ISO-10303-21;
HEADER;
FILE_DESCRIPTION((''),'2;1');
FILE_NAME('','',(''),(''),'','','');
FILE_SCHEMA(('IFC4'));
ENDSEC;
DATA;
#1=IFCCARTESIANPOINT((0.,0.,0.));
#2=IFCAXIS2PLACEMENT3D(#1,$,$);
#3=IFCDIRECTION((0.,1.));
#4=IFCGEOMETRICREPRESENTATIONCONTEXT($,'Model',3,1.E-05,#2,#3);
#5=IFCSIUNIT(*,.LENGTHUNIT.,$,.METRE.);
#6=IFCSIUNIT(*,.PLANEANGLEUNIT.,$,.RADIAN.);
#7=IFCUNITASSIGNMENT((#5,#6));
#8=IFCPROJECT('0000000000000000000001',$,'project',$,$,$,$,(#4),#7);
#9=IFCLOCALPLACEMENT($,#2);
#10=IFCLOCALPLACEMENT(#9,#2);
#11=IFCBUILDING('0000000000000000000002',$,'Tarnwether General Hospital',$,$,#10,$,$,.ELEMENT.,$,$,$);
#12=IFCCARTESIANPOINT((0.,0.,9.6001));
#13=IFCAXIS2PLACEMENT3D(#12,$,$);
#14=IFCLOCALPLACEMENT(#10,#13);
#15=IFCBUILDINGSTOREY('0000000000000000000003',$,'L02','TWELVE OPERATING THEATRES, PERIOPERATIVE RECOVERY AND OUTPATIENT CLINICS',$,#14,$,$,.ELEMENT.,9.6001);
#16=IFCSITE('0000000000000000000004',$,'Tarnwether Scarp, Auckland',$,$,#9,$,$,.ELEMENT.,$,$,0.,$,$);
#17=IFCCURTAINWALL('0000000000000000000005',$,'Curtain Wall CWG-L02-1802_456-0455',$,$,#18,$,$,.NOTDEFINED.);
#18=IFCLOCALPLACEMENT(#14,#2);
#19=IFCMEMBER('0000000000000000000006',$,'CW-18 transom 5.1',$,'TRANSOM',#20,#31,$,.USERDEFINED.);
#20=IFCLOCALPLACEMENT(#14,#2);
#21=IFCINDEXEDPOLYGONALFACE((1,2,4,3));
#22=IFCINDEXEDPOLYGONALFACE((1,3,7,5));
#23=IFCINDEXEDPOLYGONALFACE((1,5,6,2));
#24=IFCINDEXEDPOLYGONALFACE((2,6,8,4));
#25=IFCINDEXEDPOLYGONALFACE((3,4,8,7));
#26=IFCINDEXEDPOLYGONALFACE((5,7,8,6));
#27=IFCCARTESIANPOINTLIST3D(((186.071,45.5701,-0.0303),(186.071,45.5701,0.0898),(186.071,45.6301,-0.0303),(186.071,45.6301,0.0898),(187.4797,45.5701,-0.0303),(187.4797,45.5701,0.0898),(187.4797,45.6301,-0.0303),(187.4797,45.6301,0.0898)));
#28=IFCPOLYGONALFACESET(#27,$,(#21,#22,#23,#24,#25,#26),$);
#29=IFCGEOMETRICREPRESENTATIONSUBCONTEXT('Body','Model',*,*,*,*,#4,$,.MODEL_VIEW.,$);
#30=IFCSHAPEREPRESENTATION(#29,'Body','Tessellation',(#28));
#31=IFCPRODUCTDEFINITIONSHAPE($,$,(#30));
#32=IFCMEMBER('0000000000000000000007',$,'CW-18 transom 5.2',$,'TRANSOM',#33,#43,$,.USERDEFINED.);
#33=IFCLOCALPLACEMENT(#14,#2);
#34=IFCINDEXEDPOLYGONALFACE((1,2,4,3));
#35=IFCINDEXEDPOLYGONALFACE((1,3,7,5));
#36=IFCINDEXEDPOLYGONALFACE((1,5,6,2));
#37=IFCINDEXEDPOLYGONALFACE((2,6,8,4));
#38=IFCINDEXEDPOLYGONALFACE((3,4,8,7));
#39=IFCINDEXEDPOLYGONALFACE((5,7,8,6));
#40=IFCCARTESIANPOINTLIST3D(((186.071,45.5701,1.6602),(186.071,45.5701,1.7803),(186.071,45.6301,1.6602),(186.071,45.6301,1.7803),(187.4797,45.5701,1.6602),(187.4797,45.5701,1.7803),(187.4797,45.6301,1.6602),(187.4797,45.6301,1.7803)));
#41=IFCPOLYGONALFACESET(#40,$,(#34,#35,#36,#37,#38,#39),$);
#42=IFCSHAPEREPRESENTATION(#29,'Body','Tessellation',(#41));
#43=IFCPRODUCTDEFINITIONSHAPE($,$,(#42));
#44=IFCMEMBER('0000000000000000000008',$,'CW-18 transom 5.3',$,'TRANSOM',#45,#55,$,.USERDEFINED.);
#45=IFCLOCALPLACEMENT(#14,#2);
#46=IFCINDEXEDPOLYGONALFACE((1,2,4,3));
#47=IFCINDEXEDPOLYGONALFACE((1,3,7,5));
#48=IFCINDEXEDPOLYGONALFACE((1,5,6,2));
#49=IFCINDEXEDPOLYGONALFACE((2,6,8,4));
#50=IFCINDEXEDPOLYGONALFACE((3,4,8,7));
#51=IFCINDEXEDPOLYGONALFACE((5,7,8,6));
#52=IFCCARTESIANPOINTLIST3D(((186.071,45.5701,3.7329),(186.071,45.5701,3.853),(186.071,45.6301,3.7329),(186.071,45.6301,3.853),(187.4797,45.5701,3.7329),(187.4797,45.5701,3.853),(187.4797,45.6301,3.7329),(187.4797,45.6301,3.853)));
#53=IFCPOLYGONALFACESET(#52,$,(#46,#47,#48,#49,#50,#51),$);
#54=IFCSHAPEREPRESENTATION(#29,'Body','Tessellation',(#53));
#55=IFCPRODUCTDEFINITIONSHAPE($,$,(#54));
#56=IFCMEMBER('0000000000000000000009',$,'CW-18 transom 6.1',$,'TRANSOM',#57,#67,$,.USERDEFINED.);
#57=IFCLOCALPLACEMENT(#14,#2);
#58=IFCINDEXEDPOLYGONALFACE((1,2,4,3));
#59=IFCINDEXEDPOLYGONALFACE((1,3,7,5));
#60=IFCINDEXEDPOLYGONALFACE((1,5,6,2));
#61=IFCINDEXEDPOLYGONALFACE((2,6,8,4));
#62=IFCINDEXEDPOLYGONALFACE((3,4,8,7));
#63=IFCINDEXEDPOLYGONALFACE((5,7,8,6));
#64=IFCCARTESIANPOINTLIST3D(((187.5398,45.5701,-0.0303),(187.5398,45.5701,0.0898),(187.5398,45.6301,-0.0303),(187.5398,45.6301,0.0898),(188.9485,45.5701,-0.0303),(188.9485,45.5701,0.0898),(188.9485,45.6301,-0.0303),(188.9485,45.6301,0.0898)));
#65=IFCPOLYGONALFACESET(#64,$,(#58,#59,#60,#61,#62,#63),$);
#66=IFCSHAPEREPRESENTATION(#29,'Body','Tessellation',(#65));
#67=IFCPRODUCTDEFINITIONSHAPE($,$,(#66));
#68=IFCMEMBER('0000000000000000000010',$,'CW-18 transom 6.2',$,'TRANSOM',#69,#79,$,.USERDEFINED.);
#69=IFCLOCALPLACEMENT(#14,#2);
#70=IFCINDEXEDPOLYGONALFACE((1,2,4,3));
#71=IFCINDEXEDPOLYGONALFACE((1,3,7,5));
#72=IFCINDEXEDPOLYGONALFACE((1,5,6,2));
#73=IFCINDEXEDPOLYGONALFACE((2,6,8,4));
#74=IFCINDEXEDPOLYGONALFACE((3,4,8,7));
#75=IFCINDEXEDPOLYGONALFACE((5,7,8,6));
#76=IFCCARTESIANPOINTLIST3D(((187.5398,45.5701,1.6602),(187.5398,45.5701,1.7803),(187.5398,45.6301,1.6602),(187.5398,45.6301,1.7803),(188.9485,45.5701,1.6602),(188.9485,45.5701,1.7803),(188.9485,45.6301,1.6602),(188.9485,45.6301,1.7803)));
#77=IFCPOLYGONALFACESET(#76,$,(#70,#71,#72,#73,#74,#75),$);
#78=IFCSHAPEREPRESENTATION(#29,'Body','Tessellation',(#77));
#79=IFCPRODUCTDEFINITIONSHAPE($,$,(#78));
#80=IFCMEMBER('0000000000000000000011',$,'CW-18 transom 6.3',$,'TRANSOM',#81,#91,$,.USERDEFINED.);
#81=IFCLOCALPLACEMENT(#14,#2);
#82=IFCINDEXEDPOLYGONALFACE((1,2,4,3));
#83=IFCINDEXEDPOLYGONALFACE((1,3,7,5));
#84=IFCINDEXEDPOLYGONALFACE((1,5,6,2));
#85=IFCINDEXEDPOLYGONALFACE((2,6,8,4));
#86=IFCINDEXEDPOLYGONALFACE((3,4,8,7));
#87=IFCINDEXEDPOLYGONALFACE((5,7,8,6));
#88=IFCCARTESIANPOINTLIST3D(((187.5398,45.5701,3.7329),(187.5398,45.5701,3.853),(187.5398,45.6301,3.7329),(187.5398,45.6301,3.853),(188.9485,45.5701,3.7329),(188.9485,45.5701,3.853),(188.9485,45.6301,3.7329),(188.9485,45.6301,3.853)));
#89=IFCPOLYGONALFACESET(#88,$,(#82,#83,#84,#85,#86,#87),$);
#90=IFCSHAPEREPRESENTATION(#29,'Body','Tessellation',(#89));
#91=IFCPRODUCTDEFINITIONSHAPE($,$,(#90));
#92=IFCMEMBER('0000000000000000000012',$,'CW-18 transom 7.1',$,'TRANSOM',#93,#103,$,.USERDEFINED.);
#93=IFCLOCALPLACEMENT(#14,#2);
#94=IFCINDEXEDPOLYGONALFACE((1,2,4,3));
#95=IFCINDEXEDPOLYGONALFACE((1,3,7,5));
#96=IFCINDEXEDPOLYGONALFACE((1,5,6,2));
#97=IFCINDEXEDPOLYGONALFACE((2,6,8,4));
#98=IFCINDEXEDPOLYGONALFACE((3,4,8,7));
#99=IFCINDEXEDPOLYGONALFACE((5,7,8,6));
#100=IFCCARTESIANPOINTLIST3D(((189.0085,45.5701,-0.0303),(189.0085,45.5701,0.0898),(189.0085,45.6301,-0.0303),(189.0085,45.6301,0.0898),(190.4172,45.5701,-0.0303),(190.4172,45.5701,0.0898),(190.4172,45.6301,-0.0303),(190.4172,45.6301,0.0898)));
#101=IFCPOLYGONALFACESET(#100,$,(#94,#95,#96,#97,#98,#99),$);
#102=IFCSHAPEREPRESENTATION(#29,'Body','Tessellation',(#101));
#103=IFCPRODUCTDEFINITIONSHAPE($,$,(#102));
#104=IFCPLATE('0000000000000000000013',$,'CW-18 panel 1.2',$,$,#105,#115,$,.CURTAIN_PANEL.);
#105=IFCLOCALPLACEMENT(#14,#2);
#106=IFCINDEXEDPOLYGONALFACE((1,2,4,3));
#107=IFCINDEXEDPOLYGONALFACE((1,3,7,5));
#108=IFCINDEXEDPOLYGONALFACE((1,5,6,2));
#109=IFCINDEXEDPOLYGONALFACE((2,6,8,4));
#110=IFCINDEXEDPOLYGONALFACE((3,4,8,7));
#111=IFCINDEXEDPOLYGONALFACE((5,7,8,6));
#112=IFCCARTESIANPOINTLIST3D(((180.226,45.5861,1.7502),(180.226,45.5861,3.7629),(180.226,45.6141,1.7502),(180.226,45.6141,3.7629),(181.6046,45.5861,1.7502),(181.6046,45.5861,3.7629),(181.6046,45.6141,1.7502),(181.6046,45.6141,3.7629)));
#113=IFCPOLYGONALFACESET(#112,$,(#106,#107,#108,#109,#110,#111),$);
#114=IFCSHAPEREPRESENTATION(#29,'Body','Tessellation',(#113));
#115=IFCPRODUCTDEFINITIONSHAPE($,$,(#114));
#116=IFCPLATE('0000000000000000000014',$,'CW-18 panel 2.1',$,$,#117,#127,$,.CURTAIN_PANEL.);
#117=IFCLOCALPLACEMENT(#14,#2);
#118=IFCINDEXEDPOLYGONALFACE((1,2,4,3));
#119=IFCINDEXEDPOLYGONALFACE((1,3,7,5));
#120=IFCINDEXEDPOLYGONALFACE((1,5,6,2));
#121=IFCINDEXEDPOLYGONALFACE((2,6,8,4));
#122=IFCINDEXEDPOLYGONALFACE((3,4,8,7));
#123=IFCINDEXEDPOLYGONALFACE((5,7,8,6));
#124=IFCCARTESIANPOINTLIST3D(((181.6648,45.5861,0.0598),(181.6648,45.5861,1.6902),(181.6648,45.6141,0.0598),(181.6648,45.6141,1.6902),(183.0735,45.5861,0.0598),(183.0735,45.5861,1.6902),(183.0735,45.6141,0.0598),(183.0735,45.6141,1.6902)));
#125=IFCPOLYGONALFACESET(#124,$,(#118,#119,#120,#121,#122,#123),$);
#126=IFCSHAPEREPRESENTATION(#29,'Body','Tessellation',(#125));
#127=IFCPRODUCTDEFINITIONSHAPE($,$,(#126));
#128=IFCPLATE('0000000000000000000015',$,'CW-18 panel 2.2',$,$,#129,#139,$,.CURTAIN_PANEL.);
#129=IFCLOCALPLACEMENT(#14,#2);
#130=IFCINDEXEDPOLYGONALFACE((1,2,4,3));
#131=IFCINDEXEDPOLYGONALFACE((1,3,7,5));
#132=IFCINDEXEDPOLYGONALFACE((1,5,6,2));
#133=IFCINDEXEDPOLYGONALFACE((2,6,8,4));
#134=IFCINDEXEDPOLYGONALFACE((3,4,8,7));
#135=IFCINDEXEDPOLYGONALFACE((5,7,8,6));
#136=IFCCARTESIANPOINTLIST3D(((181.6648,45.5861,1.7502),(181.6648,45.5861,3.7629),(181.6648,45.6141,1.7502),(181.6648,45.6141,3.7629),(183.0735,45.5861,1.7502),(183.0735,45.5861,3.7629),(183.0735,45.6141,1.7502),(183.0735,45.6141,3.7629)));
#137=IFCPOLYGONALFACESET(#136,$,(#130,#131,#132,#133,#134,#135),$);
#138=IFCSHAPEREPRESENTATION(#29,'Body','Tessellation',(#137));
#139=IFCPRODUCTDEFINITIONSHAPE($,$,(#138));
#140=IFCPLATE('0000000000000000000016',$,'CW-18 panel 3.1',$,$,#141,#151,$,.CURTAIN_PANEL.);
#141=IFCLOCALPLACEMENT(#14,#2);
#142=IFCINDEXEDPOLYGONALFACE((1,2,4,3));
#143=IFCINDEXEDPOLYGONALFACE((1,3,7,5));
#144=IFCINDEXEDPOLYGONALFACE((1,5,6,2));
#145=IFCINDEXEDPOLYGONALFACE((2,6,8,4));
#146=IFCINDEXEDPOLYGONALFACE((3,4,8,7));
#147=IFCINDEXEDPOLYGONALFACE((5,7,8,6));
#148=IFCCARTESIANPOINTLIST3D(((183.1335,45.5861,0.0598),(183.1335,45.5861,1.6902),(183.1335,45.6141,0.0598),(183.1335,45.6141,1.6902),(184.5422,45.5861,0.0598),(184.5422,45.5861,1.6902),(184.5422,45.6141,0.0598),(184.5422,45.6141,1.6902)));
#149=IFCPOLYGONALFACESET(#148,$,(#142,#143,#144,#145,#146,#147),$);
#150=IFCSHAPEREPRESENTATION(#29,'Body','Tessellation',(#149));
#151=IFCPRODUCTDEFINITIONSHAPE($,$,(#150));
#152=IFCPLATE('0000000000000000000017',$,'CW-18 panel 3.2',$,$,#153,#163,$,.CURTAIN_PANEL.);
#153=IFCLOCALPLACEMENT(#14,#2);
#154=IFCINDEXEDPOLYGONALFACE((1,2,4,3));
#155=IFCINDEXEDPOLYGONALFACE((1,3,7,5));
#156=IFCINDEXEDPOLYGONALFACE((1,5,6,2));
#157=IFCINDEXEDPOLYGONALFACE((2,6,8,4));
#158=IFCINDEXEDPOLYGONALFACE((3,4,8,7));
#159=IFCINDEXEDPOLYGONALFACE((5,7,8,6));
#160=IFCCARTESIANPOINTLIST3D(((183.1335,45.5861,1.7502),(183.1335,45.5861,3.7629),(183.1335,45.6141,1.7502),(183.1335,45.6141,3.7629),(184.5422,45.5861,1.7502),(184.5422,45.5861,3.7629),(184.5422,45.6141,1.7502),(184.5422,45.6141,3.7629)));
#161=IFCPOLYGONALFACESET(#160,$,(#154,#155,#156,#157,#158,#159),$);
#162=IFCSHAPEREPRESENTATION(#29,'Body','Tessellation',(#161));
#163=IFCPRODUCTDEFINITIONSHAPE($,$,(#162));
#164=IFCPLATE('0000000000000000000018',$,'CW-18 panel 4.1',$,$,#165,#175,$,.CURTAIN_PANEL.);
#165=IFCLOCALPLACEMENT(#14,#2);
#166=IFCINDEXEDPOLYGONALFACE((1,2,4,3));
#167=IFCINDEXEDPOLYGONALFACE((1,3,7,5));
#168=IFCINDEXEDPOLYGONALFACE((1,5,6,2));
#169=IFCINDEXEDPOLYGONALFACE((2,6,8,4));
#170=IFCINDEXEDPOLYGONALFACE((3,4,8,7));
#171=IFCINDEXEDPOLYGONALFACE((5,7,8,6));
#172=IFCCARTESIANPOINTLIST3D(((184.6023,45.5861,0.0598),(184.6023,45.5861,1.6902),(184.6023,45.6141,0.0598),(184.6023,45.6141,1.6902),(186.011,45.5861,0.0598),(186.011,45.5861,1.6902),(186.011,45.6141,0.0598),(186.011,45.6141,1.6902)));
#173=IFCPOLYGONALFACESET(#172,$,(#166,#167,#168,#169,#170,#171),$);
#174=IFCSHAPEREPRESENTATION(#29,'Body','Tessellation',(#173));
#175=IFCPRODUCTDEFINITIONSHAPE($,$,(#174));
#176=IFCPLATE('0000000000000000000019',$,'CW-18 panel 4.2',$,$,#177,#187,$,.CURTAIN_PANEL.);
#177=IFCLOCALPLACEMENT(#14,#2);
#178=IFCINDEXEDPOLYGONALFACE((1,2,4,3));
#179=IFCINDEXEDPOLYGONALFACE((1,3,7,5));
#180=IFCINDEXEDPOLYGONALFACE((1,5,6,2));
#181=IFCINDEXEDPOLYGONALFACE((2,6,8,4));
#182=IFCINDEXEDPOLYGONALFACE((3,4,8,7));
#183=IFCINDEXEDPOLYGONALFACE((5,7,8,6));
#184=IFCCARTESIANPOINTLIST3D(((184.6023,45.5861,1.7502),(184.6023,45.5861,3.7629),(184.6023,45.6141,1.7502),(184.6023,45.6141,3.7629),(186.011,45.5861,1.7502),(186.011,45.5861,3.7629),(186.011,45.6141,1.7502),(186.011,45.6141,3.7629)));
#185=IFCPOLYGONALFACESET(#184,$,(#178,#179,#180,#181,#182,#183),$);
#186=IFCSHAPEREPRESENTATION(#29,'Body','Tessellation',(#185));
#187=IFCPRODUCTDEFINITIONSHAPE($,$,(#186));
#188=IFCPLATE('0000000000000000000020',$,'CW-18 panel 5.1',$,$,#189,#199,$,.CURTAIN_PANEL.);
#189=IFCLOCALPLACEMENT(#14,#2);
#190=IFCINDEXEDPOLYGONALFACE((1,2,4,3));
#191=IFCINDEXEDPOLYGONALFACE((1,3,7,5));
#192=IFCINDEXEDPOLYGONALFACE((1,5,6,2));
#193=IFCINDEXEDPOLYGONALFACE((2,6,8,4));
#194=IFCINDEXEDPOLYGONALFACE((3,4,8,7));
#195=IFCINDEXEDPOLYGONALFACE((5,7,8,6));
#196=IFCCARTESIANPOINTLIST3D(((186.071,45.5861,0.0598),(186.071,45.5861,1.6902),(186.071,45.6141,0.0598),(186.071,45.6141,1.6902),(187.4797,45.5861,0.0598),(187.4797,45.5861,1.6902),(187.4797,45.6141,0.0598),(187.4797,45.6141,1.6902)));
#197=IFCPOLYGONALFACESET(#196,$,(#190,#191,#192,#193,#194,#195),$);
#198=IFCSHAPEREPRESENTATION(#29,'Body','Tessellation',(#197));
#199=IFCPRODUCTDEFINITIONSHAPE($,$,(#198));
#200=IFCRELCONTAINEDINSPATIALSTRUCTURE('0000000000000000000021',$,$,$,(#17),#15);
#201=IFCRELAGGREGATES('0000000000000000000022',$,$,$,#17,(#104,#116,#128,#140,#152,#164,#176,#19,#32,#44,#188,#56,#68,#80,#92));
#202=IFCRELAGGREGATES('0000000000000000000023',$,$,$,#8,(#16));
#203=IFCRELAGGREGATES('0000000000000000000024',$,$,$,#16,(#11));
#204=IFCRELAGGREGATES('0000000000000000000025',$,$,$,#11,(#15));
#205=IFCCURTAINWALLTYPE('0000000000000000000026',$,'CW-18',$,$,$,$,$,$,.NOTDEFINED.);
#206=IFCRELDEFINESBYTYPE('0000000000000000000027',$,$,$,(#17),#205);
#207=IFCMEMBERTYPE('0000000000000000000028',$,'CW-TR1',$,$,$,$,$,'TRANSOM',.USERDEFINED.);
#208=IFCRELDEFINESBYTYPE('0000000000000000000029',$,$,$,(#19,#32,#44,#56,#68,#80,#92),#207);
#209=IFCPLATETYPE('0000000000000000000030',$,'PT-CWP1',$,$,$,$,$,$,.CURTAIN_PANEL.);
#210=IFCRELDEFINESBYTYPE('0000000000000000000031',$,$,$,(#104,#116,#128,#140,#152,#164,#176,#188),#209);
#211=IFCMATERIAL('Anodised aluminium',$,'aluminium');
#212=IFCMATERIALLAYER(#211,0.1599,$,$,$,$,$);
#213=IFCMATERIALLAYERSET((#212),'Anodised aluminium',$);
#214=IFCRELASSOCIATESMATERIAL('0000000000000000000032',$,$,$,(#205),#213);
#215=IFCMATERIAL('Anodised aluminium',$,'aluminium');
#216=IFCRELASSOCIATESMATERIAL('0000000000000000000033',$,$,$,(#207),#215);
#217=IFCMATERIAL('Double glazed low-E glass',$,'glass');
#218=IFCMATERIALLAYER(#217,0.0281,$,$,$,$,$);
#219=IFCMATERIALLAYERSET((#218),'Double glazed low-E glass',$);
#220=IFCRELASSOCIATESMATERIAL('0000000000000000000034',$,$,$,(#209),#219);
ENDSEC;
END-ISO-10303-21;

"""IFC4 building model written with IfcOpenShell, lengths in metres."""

from ifc_helpers import new_model, si_unit, direction, frame, origin, origin_2d, place, context, subcontext, project, spatial, rectangle, extrude, material, layer, layer_set, material_profile, profile_set, type_object, element, aggregate, save


model = new_model("IFC4")

# Units and contexts
model_context = context("Model", 3, precision=1e-05, world=origin(), true_north=direction((0.0, 1.0)))
body_context = subcontext(model_context, "Body", "Model", "MODEL_VIEW")
ifc_project = project(units=[si_unit("LENGTHUNIT", "METRE"), si_unit("PLANEANGLEUNIT", "RADIAN")], contexts=[model_context])

# Site, building, storey
site_placement = place(None, origin())
site = spatial("IfcSite", under=ifc_project, at=site_placement, Name="Tarnwether Scarp, Auckland", CompositionType="ELEMENT", RefElevation=0.0)
building_placement = place(site_placement, origin())
building = spatial("IfcBuilding", under=site, at=building_placement, Name="Tarnwether General Hospital", CompositionType="ELEMENT")
storey_placement = place(building_placement, frame((0.0, 0.0, 9.6001)))
storey = spatial("IfcBuildingStorey", under=building, at=storey_placement, Name="L02", Description="TWELVE OPERATING THEATRES, PERIOPERATIVE RECOVERY AND OUTPATIENT CLINICS", CompositionType="ELEMENT", Elevation=9.6001)

# Curtain wall, members, plates
ifc_material_1 = material(Name="Anodised aluminium", Category="aluminium")
ifc_layer_1 = layer(ifc_material_1, 0.1599)
ifc_layer_set_1 = layer_set([ifc_layer_1], Name="Anodised aluminium")
curtain_wall_type = type_object("IfcCurtainWallType", Name="CW-18", PredefinedType="NOTDEFINED", material=ifc_layer_set_1)
curtain_wall_placement = place(storey_placement, origin())
curtain_wall = element("IfcCurtainWall", 1, at=curtain_wall_placement, inside=storey, type_object=curtain_wall_type, Name="Curtain Wall CWG-L02-1802_456-0455", PredefinedType="NOTDEFINED")
ifc_material_2 = material(Name="Anodised aluminium", Category="aluminium")
ifc_material_profile_1 = material_profile(ifc_material_2, rectangle(XDim=0.0601, YDim=0.1201, at=origin_2d()), Name="ALU-TRN-60x120")
ifc_profile_set_1 = profile_set([ifc_material_profile_1], Name="Anodised aluminium")
member_type_1 = type_object("IfcMemberType", Name="CW-TR1", ElementType="TRANSOM", PredefinedType="USERDEFINED", material=ifc_profile_set_1)
member_1_placement = place(storey_placement, frame((186.071, 45.6001, 0.0298), z_axis=(1.0, 0.0, 0.0), x_axis=(0.0, 1.0, 0.0)))
member_1 = element("IfcMember", 2, at=member_1_placement, type_object=member_type_1, Name="CW-18 transom 5.1", ObjectType="TRANSOM", PredefinedType="USERDEFINED", context=body_context, shape_type="SweptSolid", body=[
    extrude(rectangle(XDim=0.0601, YDim=0.1201, at=origin_2d()), origin(), (0.0, 0.0, 1.0), 1.4087),
])
member_2_placement = place(storey_placement, frame((186.071, 45.6001, 1.7202), z_axis=(1.0, 0.0, 0.0), x_axis=(0.0, 1.0, 0.0)))
member_2 = element("IfcMember", 3, at=member_2_placement, type_object=member_type_1, Name="CW-18 transom 5.2", ObjectType="TRANSOM", PredefinedType="USERDEFINED", context=body_context, shape_type="SweptSolid", body=[
    extrude(rectangle(XDim=0.0601, YDim=0.1201, at=origin_2d()), origin(), (0.0, 0.0, 1.0), 1.4087),
])
member_3_placement = place(storey_placement, frame((186.071, 45.6001, 3.793), z_axis=(1.0, 0.0, 0.0), x_axis=(0.0, 1.0, 0.0)))
member_3 = element("IfcMember", 4, at=member_3_placement, type_object=member_type_1, Name="CW-18 transom 5.3", ObjectType="TRANSOM", PredefinedType="USERDEFINED", context=body_context, shape_type="SweptSolid", body=[
    extrude(rectangle(XDim=0.0601, YDim=0.1201, at=origin_2d()), origin(), (0.0, 0.0, 1.0), 1.4087),
])
member_4_placement = place(storey_placement, frame((187.5398, 45.6001, 0.0298), z_axis=(1.0, 0.0, 0.0), x_axis=(0.0, 1.0, 0.0)))
member_4 = element("IfcMember", 5, at=member_4_placement, type_object=member_type_1, Name="CW-18 transom 6.1", ObjectType="TRANSOM", PredefinedType="USERDEFINED", context=body_context, shape_type="SweptSolid", body=[
    extrude(rectangle(XDim=0.0601, YDim=0.1201, at=origin_2d()), origin(), (0.0, 0.0, 1.0), 1.4087),
])
member_5_placement = place(storey_placement, frame((187.5398, 45.6001, 1.7202), z_axis=(1.0, 0.0, 0.0), x_axis=(0.0, 1.0, 0.0)))
member_5 = element("IfcMember", 6, at=member_5_placement, type_object=member_type_1, Name="CW-18 transom 6.2", ObjectType="TRANSOM", PredefinedType="USERDEFINED", context=body_context, shape_type="SweptSolid", body=[
    extrude(rectangle(XDim=0.0601, YDim=0.1201, at=origin_2d()), origin(), (0.0, 0.0, 1.0), 1.4087),
])
member_6_placement = place(storey_placement, frame((187.5398, 45.6001, 3.793), z_axis=(1.0, 0.0, 0.0), x_axis=(0.0, 1.0, 0.0)))
member_6 = element("IfcMember", 7, at=member_6_placement, type_object=member_type_1, Name="CW-18 transom 6.3", ObjectType="TRANSOM", PredefinedType="USERDEFINED", context=body_context, shape_type="SweptSolid", body=[
    extrude(rectangle(XDim=0.0601, YDim=0.1201, at=origin_2d()), origin(), (0.0, 0.0, 1.0), 1.4087),
])
member_7_placement = place(storey_placement, frame((189.0085, 45.6001, 0.0298), z_axis=(1.0, 0.0, 0.0), x_axis=(0.0, 1.0, 0.0)))
member_7 = element("IfcMember", 8, at=member_7_placement, type_object=member_type_1, Name="CW-18 transom 7.1", ObjectType="TRANSOM", PredefinedType="USERDEFINED", context=body_context, shape_type="SweptSolid", body=[
    extrude(rectangle(XDim=0.0601, YDim=0.1201, at=origin_2d()), origin(), (0.0, 0.0, 1.0), 1.4087),
])
ifc_material_3 = material(Name="Double glazed low-E glass", Category="glass")
ifc_layer_2 = layer(ifc_material_3, 0.0281)
ifc_layer_set_2 = layer_set([ifc_layer_2], Name="Double glazed low-E glass")
plate_type = type_object("IfcPlateType", Name="PT-CWP1", PredefinedType="CURTAIN_PANEL", material=ifc_layer_set_2)
plate_1_placement = place(storey_placement, frame((180.9153, 45.6001, 1.7502), z_axis=(0.0, 0.0, 1.0), x_axis=(1.0, 0.0, 0.0)))
plate_1 = element("IfcPlate", 9, at=plate_1_placement, type_object=plate_type, Name="CW-18 panel 1.2", PredefinedType="CURTAIN_PANEL", context=body_context, shape_type="SweptSolid", body=[
    extrude(rectangle(XDim=1.3787, YDim=0.0281, at=origin_2d()), origin(), (0.0, 0.0, 1.0), 2.0127),
])
plate_2_placement = place(storey_placement, frame((182.3691, 45.6001, 0.0598), z_axis=(0.0, 0.0, 1.0), x_axis=(1.0, 0.0, 0.0)))
plate_2 = element("IfcPlate", 10, at=plate_2_placement, type_object=plate_type, Name="CW-18 panel 2.1", PredefinedType="CURTAIN_PANEL", context=body_context, shape_type="SweptSolid", body=[
    extrude(rectangle(XDim=1.4087, YDim=0.0281, at=origin_2d()), origin(), (0.0, 0.0, 1.0), 1.6304),
])
plate_3_placement = place(storey_placement, frame((182.3691, 45.6001, 1.7502), z_axis=(0.0, 0.0, 1.0), x_axis=(1.0, 0.0, 0.0)))
plate_3 = element("IfcPlate", 11, at=plate_3_placement, type_object=plate_type, Name="CW-18 panel 2.2", PredefinedType="CURTAIN_PANEL", context=body_context, shape_type="SweptSolid", body=[
    extrude(rectangle(XDim=1.4087, YDim=0.0281, at=origin_2d()), origin(), (0.0, 0.0, 1.0), 2.0127),
])
plate_4_placement = place(storey_placement, frame((183.8379, 45.6001, 0.0598), z_axis=(0.0, 0.0, 1.0), x_axis=(1.0, 0.0, 0.0)))
plate_4 = element("IfcPlate", 12, at=plate_4_placement, type_object=plate_type, Name="CW-18 panel 3.1", PredefinedType="CURTAIN_PANEL", context=body_context, shape_type="SweptSolid", body=[
    extrude(rectangle(XDim=1.4087, YDim=0.0281, at=origin_2d()), origin(), (0.0, 0.0, 1.0), 1.6304),
])
plate_5_placement = place(storey_placement, frame((183.8379, 45.6001, 1.7502), z_axis=(0.0, 0.0, 1.0), x_axis=(1.0, 0.0, 0.0)))
plate_5 = element("IfcPlate", 13, at=plate_5_placement, type_object=plate_type, Name="CW-18 panel 3.2", PredefinedType="CURTAIN_PANEL", context=body_context, shape_type="SweptSolid", body=[
    extrude(rectangle(XDim=1.4087, YDim=0.0281, at=origin_2d()), origin(), (0.0, 0.0, 1.0), 2.0127),
])
plate_6_placement = place(storey_placement, frame((185.3066, 45.6001, 0.0598), z_axis=(0.0, 0.0, 1.0), x_axis=(1.0, 0.0, 0.0)))
plate_6 = element("IfcPlate", 14, at=plate_6_placement, type_object=plate_type, Name="CW-18 panel 4.1", PredefinedType="CURTAIN_PANEL", context=body_context, shape_type="SweptSolid", body=[
    extrude(rectangle(XDim=1.4087, YDim=0.0281, at=origin_2d()), origin(), (0.0, 0.0, 1.0), 1.6304),
])
plate_7_placement = place(storey_placement, frame((185.3066, 45.6001, 1.7502), z_axis=(0.0, 0.0, 1.0), x_axis=(1.0, 0.0, 0.0)))
plate_7 = element("IfcPlate", 15, at=plate_7_placement, type_object=plate_type, Name="CW-18 panel 4.2", PredefinedType="CURTAIN_PANEL", context=body_context, shape_type="SweptSolid", body=[
    extrude(rectangle(XDim=1.4087, YDim=0.0281, at=origin_2d()), origin(), (0.0, 0.0, 1.0), 2.0127),
])
plate_8_placement = place(storey_placement, frame((186.7754, 45.6001, 0.0598), z_axis=(0.0, 0.0, 1.0), x_axis=(1.0, 0.0, 0.0)))
plate_8 = element("IfcPlate", 16, at=plate_8_placement, type_object=plate_type, Name="CW-18 panel 5.1", PredefinedType="CURTAIN_PANEL", context=body_context, shape_type="SweptSolid", body=[
    extrude(rectangle(XDim=1.4087, YDim=0.0281, at=origin_2d()), origin(), (0.0, 0.0, 1.0), 1.6304),
])
aggregate(curtain_wall, [plate_1, plate_2, plate_3, plate_4, plate_5, plate_6, plate_7, member_1, member_2, member_3, plate_8, member_4, member_5, member_6, member_7])

save(model, "model.ifc")
